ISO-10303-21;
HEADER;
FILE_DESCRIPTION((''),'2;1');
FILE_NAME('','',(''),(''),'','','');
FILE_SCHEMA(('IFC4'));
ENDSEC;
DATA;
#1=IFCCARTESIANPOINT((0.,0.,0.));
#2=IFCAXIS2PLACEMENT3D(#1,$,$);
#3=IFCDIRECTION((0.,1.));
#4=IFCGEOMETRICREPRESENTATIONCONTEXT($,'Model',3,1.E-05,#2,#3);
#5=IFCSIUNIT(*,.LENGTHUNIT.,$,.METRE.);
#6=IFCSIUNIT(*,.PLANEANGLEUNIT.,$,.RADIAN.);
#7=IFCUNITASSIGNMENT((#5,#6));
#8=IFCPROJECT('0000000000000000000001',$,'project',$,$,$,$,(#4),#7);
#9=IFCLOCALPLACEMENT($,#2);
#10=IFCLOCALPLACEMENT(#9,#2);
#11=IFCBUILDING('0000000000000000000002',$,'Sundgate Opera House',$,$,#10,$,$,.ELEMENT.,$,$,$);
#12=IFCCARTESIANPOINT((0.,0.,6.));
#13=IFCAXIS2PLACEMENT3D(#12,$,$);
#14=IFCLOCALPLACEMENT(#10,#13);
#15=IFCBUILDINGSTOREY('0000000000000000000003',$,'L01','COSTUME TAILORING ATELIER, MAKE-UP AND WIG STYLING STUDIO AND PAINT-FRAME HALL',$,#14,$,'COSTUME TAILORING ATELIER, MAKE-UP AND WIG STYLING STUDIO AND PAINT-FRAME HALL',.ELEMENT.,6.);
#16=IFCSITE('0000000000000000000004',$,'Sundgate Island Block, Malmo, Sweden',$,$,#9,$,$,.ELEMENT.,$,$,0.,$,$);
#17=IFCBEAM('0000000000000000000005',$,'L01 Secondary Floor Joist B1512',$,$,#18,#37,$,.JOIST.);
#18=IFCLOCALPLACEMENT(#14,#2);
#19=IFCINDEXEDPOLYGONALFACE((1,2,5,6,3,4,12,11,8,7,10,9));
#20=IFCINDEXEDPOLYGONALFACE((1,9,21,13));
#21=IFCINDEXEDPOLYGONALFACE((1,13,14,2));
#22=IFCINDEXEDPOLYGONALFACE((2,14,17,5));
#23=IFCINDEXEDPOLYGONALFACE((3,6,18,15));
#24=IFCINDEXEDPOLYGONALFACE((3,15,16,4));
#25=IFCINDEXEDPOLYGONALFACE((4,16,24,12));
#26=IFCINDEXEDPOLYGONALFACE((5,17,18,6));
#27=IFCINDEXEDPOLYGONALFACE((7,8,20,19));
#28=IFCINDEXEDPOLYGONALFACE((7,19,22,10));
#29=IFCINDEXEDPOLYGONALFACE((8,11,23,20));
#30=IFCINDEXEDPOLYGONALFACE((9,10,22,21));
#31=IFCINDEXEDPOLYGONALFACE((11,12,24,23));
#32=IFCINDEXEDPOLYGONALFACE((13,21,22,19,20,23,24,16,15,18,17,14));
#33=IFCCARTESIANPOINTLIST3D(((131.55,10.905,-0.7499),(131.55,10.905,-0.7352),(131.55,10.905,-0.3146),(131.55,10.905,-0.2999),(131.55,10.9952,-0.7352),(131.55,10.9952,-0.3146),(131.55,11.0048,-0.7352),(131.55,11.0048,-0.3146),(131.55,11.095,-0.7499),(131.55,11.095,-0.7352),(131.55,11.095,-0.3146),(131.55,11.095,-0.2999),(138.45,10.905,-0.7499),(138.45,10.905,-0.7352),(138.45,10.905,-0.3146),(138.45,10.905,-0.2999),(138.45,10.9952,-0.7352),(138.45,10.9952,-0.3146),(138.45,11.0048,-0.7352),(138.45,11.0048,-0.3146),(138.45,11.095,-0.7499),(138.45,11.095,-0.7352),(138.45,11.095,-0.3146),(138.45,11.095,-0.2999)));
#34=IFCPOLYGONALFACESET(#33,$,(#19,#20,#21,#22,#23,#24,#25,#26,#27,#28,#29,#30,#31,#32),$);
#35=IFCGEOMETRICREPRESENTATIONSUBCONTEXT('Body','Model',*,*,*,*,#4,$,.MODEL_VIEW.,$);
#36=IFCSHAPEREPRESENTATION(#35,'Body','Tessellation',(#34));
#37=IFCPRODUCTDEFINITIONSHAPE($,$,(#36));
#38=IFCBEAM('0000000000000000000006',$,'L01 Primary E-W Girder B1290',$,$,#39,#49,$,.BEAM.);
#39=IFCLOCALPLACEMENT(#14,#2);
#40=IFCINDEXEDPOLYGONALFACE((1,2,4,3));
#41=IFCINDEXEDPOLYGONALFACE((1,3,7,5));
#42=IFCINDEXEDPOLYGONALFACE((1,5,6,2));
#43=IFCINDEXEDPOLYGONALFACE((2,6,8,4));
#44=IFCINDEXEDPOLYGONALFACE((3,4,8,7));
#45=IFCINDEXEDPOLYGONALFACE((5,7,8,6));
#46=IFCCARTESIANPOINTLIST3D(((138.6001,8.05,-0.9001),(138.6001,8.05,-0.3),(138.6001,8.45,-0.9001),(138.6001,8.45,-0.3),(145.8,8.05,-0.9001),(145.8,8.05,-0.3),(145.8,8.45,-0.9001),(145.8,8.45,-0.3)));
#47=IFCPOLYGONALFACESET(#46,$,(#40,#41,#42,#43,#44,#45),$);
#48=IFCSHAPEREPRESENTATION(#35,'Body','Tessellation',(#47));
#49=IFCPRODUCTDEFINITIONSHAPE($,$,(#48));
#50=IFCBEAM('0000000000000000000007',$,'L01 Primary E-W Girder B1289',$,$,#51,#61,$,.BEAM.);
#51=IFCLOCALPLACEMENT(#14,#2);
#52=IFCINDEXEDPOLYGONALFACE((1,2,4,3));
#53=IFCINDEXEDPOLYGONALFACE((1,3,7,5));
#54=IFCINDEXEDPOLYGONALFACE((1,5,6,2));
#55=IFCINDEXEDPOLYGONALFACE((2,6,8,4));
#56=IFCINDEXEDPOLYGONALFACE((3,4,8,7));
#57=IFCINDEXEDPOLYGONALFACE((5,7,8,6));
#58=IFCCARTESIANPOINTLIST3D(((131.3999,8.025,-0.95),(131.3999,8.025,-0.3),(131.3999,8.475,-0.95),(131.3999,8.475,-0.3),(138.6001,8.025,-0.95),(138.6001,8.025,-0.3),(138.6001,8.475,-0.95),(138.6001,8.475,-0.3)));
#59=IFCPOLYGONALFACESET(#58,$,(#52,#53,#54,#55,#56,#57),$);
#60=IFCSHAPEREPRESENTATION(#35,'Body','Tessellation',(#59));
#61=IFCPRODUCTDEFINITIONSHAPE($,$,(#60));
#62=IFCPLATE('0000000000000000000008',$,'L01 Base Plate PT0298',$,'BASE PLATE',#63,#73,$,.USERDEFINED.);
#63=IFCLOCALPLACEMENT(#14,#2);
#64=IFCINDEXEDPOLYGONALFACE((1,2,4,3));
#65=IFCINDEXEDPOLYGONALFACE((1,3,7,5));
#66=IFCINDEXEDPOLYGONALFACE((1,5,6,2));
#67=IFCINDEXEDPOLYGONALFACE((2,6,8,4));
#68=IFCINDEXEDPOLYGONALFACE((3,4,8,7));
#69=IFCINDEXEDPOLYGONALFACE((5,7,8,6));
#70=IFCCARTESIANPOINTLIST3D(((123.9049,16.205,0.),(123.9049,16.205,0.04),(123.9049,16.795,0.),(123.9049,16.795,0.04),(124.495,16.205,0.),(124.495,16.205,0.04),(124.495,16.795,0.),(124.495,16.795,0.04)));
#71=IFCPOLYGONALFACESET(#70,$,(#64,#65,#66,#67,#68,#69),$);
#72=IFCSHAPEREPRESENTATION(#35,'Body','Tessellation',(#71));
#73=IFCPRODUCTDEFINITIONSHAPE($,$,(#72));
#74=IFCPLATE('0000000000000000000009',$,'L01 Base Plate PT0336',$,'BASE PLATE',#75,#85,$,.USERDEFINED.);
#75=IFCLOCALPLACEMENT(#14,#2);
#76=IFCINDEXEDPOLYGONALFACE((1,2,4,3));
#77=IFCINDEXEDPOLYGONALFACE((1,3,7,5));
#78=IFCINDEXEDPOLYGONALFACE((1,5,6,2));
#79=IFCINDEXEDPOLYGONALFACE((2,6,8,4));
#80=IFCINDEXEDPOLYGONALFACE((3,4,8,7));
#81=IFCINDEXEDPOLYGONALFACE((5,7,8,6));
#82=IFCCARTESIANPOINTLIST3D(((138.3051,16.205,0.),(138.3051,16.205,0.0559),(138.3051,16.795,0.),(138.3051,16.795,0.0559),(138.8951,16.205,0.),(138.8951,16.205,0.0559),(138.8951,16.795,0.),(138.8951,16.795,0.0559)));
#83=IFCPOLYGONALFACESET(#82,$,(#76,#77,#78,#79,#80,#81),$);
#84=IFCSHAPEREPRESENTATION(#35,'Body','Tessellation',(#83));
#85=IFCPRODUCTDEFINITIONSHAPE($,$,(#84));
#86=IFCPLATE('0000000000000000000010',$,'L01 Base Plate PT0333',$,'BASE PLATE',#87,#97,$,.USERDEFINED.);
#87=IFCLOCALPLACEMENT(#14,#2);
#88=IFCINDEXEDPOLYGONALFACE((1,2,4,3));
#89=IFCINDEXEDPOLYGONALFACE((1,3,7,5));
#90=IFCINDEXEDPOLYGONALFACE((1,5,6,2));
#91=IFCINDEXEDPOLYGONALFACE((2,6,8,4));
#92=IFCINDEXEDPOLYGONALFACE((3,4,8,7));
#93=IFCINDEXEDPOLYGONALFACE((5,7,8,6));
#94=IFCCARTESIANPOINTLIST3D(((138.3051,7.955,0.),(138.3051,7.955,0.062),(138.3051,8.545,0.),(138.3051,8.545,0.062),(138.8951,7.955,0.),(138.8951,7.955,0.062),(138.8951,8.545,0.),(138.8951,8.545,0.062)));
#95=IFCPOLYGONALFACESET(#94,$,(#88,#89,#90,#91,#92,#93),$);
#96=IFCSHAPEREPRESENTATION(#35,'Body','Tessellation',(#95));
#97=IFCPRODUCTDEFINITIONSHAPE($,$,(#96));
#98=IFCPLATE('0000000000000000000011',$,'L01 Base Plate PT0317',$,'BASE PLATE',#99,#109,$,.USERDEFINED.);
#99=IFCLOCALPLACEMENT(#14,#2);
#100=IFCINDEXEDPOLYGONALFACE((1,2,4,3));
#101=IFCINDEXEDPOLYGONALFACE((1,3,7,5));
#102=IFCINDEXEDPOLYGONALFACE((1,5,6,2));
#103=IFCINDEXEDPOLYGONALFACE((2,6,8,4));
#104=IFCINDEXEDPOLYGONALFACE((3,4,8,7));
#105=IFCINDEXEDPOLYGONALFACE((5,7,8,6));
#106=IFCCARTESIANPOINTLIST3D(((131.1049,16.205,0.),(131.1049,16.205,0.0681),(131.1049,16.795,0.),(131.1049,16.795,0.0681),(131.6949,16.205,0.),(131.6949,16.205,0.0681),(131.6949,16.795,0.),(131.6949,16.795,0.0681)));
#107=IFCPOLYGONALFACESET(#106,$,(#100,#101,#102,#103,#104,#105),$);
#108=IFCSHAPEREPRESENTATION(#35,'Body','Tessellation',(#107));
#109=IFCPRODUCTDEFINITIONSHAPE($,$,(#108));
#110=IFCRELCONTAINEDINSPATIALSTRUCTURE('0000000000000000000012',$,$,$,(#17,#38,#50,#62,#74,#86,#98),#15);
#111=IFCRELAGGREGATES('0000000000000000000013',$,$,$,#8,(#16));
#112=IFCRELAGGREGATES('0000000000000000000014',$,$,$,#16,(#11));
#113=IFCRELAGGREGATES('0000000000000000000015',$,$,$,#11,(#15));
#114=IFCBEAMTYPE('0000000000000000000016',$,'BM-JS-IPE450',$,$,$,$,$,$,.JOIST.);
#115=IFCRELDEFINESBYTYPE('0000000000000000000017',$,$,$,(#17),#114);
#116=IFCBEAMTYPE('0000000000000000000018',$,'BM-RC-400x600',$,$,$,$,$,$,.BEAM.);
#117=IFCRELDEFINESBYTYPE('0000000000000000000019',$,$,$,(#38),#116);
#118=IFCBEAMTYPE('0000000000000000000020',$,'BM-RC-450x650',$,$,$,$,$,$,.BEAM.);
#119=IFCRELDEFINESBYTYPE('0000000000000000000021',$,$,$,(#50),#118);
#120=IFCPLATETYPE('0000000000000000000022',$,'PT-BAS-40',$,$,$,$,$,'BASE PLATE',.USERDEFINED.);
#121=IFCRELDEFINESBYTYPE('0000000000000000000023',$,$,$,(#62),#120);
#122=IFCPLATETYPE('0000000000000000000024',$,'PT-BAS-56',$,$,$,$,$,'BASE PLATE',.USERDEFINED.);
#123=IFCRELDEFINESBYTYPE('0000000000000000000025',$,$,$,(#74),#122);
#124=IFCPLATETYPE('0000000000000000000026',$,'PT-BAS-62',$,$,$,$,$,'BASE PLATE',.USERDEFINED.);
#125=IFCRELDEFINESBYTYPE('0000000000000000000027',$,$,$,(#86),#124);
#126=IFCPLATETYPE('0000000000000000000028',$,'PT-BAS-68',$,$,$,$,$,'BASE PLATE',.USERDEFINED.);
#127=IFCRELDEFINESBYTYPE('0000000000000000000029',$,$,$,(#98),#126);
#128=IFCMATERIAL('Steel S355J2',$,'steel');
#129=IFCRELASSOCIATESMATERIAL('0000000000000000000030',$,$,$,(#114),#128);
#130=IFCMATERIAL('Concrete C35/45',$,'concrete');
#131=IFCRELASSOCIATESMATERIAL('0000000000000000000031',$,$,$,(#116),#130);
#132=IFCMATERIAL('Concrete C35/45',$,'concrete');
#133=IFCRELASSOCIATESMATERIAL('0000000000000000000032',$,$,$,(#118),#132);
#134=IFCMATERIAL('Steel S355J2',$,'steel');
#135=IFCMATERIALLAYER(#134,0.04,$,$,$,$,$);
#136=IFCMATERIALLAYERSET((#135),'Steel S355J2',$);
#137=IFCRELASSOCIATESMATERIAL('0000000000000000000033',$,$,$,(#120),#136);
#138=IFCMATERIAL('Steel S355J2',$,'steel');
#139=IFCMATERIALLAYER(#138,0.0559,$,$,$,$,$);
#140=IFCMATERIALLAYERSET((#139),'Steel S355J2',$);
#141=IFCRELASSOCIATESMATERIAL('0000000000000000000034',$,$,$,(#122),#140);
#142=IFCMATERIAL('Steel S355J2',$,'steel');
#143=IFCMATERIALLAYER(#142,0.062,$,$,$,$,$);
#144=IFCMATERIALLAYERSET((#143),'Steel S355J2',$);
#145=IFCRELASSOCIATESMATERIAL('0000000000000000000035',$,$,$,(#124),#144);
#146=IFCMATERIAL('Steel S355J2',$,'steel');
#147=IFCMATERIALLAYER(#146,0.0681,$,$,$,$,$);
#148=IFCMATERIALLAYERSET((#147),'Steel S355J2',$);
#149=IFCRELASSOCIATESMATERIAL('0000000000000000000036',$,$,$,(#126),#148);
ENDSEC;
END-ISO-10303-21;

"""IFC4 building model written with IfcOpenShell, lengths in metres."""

from ifc_helpers import new_model, si_unit, direction, frame, origin, origin_2d, place, context, subcontext, project, spatial, rectangle, i_section, extrude, material, layer, layer_set, material_profile, profile_set, type_object, element, save


model = new_model("IFC4")

# Units and contexts
model_context = context("Model", 3, precision=1e-05, world=origin(), true_north=direction((0.0, 1.0)))
body_context = subcontext(model_context, "Body", "Model", "MODEL_VIEW")
ifc_project = project(units=[si_unit("LENGTHUNIT", "METRE"), si_unit("PLANEANGLEUNIT", "RADIAN")], contexts=[model_context])

# Site, building, storey
site_placement = place(None, origin())
site = spatial("IfcSite", under=ifc_project, at=site_placement, Name="Sundgate Island Block, Malmo, Sweden", CompositionType="ELEMENT", RefElevation=0.0)
building_placement = place(site_placement, origin())
building = spatial("IfcBuilding", under=site, at=building_placement, Name="Sundgate Opera House", CompositionType="ELEMENT")
storey_placement = place(building_placement, frame((0.0, 0.0, 6.0)))
storey = spatial("IfcBuildingStorey", under=building, at=storey_placement, Name="L01", Description="COSTUME TAILORING ATELIER, MAKE-UP AND WIG STYLING STUDIO AND PAINT-FRAME HALL", LongName="COSTUME TAILORING ATELIER, MAKE-UP AND WIG STYLING STUDIO AND PAINT-FRAME HALL", CompositionType="ELEMENT", Elevation=6.0)

# Beams
ifc_material_1 = material(Name="Steel S355J2", Category="steel")
ifc_material_profile_1 = material_profile(ifc_material_1, i_section(OverallWidth=0.1899, OverallDepth=0.45, WebThickness=0.0095, FlangeThickness=0.0146, at=origin_2d()), Name="IPE 450")
ifc_profile_set_1 = profile_set([ifc_material_profile_1], Name="Steel S355J2")
beam_type_1 = type_object("IfcBeamType", Name="BM-JS-IPE450", PredefinedType="JOIST", material=ifc_profile_set_1)
beam_1_placement = place(storey_placement, frame((131.55, 11.0, -0.5249), z_axis=(1.0, 0.0, 0.0), x_axis=(0.0, 1.0, 0.0)))
element("IfcBeam", 1, at=beam_1_placement, inside=storey, type_object=beam_type_1, Name="L01 Secondary Floor Joist B1512", PredefinedType="JOIST", context=body_context, shape_type="SweptSolid", body=[
    extrude(i_section(OverallWidth=0.1899, OverallDepth=0.45, WebThickness=0.0095, FlangeThickness=0.0146, at=origin_2d()), origin(), (0.0, 0.0, 1.0), 6.8999),
])
ifc_material_2 = material(Name="Concrete C35/45", Category="concrete")
ifc_material_profile_2 = material_profile(ifc_material_2, rectangle(XDim=0.3999, YDim=0.6001, at=origin_2d()), Name="RC 400x600")
ifc_profile_set_2 = profile_set([ifc_material_profile_2], Name="Concrete C35/45")
beam_type_2 = type_object("IfcBeamType", Name="BM-RC-400x600", PredefinedType="BEAM", material=ifc_profile_set_2)
beam_2_placement = place(storey_placement, frame((138.6001, 8.25, -0.6001), z_axis=(1.0, 0.0, 0.0), x_axis=(0.0, 1.0, 0.0)))
element("IfcBeam", 2, at=beam_2_placement, inside=storey, type_object=beam_type_2, Name="L01 Primary E-W Girder B1290", PredefinedType="BEAM", context=body_context, shape_type="SweptSolid", body=[
    extrude(rectangle(XDim=0.3999, YDim=0.6001, at=origin_2d()), origin(), (0.0, 0.0, 1.0), 7.2),
])
ifc_material_3 = material(Name="Concrete C35/45", Category="concrete")
ifc_material_profile_3 = material_profile(ifc_material_3, rectangle(XDim=0.45, YDim=0.6499, at=origin_2d()), Name="RC 450x650")
ifc_profile_set_3 = profile_set([ifc_material_profile_3], Name="Concrete C35/45")
beam_type_3 = type_object("IfcBeamType", Name="BM-RC-450x650", PredefinedType="BEAM", material=ifc_profile_set_3)
beam_3_placement = place(storey_placement, frame((131.3999, 8.25, -0.625), z_axis=(1.0, 0.0, 0.0), x_axis=(0.0, 1.0, 0.0)))
element("IfcBeam", 3, at=beam_3_placement, inside=storey, type_object=beam_type_3, Name="L01 Primary E-W Girder B1289", PredefinedType="BEAM", context=body_context, shape_type="SweptSolid", body=[
    extrude(rectangle(XDim=0.45, YDim=0.6499, at=origin_2d()), origin(), (0.0, 0.0, 1.0), 7.2002),
])

# Plates
ifc_material_4 = material(Name="Steel S355J2", Category="steel")
ifc_layer_1 = layer(ifc_material_4, 0.04)
ifc_layer_set_1 = layer_set([ifc_layer_1], Name="Steel S355J2")
plate_type_1 = type_object("IfcPlateType", Name="PT-BAS-40", ElementType="BASE PLATE", PredefinedType="USERDEFINED", material=ifc_layer_set_1)
plate_1_placement = place(storey_placement, frame((124.2, 16.5, 0.0), z_axis=(0.0, 0.0, 1.0), x_axis=(1.0, 0.0, 0.0)))
element("IfcPlate", 4, at=plate_1_placement, inside=storey, type_object=plate_type_1, Name="L01 Base Plate PT0298", ObjectType="BASE PLATE", PredefinedType="USERDEFINED", context=body_context, shape_type="SweptSolid", body=[
    extrude(rectangle(XDim=0.5901, YDim=0.5901, at=origin_2d()), origin(), (0.0, 0.0, 1.0), 0.04),
])
ifc_material_5 = material(Name="Steel S355J2", Category="steel")
ifc_layer_2 = layer(ifc_material_5, 0.0559)
ifc_layer_set_2 = layer_set([ifc_layer_2], Name="Steel S355J2")
plate_type_2 = type_object("IfcPlateType", Name="PT-BAS-56", ElementType="BASE PLATE", PredefinedType="USERDEFINED", material=ifc_layer_set_2)
plate_2_placement = place(storey_placement, frame((138.6001, 16.5, 0.0), z_axis=(0.0, 0.0, 1.0), x_axis=(1.0, 0.0, 0.0)))
element("IfcPlate", 5, at=plate_2_placement, inside=storey, type_object=plate_type_2, Name="L01 Base Plate PT0336", ObjectType="BASE PLATE", PredefinedType="USERDEFINED", context=body_context, shape_type="SweptSolid", body=[
    extrude(rectangle(XDim=0.5901, YDim=0.5901, at=origin_2d()), origin(), (0.0, 0.0, 1.0), 0.0559),
])
ifc_material_6 = material(Name="Steel S355J2", Category="steel")
ifc_layer_3 = layer(ifc_material_6, 0.062)
ifc_layer_set_3 = layer_set([ifc_layer_3], Name="Steel S355J2")
plate_type_3 = type_object("IfcPlateType", Name="PT-BAS-62", ElementType="BASE PLATE", PredefinedType="USERDEFINED", material=ifc_layer_set_3)
plate_3_placement = place(storey_placement, frame((138.6001, 8.25, 0.0), z_axis=(0.0, 0.0, 1.0), x_axis=(1.0, 0.0, 0.0)))
element("IfcPlate", 6, at=plate_3_placement, inside=storey, type_object=plate_type_3, Name="L01 Base Plate PT0333", ObjectType="BASE PLATE", PredefinedType="USERDEFINED", context=body_context, shape_type="SweptSolid", body=[
    extrude(rectangle(XDim=0.5901, YDim=0.5901, at=origin_2d()), origin(), (0.0, 0.0, 1.0), 0.062),
])
ifc_material_7 = material(Name="Steel S355J2", Category="steel")
ifc_layer_4 = layer(ifc_material_7, 0.0681)
ifc_layer_set_4 = layer_set([ifc_layer_4], Name="Steel S355J2")
plate_type_4 = type_object("IfcPlateType", Name="PT-BAS-68", ElementType="BASE PLATE", PredefinedType="USERDEFINED", material=ifc_layer_set_4)
plate_4_placement = place(storey_placement, frame((131.3999, 16.5, 0.0), z_axis=(0.0, 0.0, 1.0), x_axis=(1.0, 0.0, 0.0)))
element("IfcPlate", 7, at=plate_4_placement, inside=storey, type_object=plate_type_4, Name="L01 Base Plate PT0317", ObjectType="BASE PLATE", PredefinedType="USERDEFINED", context=body_context, shape_type="SweptSolid", body=[
    extrude(rectangle(XDim=0.5901, YDim=0.5901, at=origin_2d()), origin(), (0.0, 0.0, 1.0), 0.0681),
])

save(model, "model.ifc")
